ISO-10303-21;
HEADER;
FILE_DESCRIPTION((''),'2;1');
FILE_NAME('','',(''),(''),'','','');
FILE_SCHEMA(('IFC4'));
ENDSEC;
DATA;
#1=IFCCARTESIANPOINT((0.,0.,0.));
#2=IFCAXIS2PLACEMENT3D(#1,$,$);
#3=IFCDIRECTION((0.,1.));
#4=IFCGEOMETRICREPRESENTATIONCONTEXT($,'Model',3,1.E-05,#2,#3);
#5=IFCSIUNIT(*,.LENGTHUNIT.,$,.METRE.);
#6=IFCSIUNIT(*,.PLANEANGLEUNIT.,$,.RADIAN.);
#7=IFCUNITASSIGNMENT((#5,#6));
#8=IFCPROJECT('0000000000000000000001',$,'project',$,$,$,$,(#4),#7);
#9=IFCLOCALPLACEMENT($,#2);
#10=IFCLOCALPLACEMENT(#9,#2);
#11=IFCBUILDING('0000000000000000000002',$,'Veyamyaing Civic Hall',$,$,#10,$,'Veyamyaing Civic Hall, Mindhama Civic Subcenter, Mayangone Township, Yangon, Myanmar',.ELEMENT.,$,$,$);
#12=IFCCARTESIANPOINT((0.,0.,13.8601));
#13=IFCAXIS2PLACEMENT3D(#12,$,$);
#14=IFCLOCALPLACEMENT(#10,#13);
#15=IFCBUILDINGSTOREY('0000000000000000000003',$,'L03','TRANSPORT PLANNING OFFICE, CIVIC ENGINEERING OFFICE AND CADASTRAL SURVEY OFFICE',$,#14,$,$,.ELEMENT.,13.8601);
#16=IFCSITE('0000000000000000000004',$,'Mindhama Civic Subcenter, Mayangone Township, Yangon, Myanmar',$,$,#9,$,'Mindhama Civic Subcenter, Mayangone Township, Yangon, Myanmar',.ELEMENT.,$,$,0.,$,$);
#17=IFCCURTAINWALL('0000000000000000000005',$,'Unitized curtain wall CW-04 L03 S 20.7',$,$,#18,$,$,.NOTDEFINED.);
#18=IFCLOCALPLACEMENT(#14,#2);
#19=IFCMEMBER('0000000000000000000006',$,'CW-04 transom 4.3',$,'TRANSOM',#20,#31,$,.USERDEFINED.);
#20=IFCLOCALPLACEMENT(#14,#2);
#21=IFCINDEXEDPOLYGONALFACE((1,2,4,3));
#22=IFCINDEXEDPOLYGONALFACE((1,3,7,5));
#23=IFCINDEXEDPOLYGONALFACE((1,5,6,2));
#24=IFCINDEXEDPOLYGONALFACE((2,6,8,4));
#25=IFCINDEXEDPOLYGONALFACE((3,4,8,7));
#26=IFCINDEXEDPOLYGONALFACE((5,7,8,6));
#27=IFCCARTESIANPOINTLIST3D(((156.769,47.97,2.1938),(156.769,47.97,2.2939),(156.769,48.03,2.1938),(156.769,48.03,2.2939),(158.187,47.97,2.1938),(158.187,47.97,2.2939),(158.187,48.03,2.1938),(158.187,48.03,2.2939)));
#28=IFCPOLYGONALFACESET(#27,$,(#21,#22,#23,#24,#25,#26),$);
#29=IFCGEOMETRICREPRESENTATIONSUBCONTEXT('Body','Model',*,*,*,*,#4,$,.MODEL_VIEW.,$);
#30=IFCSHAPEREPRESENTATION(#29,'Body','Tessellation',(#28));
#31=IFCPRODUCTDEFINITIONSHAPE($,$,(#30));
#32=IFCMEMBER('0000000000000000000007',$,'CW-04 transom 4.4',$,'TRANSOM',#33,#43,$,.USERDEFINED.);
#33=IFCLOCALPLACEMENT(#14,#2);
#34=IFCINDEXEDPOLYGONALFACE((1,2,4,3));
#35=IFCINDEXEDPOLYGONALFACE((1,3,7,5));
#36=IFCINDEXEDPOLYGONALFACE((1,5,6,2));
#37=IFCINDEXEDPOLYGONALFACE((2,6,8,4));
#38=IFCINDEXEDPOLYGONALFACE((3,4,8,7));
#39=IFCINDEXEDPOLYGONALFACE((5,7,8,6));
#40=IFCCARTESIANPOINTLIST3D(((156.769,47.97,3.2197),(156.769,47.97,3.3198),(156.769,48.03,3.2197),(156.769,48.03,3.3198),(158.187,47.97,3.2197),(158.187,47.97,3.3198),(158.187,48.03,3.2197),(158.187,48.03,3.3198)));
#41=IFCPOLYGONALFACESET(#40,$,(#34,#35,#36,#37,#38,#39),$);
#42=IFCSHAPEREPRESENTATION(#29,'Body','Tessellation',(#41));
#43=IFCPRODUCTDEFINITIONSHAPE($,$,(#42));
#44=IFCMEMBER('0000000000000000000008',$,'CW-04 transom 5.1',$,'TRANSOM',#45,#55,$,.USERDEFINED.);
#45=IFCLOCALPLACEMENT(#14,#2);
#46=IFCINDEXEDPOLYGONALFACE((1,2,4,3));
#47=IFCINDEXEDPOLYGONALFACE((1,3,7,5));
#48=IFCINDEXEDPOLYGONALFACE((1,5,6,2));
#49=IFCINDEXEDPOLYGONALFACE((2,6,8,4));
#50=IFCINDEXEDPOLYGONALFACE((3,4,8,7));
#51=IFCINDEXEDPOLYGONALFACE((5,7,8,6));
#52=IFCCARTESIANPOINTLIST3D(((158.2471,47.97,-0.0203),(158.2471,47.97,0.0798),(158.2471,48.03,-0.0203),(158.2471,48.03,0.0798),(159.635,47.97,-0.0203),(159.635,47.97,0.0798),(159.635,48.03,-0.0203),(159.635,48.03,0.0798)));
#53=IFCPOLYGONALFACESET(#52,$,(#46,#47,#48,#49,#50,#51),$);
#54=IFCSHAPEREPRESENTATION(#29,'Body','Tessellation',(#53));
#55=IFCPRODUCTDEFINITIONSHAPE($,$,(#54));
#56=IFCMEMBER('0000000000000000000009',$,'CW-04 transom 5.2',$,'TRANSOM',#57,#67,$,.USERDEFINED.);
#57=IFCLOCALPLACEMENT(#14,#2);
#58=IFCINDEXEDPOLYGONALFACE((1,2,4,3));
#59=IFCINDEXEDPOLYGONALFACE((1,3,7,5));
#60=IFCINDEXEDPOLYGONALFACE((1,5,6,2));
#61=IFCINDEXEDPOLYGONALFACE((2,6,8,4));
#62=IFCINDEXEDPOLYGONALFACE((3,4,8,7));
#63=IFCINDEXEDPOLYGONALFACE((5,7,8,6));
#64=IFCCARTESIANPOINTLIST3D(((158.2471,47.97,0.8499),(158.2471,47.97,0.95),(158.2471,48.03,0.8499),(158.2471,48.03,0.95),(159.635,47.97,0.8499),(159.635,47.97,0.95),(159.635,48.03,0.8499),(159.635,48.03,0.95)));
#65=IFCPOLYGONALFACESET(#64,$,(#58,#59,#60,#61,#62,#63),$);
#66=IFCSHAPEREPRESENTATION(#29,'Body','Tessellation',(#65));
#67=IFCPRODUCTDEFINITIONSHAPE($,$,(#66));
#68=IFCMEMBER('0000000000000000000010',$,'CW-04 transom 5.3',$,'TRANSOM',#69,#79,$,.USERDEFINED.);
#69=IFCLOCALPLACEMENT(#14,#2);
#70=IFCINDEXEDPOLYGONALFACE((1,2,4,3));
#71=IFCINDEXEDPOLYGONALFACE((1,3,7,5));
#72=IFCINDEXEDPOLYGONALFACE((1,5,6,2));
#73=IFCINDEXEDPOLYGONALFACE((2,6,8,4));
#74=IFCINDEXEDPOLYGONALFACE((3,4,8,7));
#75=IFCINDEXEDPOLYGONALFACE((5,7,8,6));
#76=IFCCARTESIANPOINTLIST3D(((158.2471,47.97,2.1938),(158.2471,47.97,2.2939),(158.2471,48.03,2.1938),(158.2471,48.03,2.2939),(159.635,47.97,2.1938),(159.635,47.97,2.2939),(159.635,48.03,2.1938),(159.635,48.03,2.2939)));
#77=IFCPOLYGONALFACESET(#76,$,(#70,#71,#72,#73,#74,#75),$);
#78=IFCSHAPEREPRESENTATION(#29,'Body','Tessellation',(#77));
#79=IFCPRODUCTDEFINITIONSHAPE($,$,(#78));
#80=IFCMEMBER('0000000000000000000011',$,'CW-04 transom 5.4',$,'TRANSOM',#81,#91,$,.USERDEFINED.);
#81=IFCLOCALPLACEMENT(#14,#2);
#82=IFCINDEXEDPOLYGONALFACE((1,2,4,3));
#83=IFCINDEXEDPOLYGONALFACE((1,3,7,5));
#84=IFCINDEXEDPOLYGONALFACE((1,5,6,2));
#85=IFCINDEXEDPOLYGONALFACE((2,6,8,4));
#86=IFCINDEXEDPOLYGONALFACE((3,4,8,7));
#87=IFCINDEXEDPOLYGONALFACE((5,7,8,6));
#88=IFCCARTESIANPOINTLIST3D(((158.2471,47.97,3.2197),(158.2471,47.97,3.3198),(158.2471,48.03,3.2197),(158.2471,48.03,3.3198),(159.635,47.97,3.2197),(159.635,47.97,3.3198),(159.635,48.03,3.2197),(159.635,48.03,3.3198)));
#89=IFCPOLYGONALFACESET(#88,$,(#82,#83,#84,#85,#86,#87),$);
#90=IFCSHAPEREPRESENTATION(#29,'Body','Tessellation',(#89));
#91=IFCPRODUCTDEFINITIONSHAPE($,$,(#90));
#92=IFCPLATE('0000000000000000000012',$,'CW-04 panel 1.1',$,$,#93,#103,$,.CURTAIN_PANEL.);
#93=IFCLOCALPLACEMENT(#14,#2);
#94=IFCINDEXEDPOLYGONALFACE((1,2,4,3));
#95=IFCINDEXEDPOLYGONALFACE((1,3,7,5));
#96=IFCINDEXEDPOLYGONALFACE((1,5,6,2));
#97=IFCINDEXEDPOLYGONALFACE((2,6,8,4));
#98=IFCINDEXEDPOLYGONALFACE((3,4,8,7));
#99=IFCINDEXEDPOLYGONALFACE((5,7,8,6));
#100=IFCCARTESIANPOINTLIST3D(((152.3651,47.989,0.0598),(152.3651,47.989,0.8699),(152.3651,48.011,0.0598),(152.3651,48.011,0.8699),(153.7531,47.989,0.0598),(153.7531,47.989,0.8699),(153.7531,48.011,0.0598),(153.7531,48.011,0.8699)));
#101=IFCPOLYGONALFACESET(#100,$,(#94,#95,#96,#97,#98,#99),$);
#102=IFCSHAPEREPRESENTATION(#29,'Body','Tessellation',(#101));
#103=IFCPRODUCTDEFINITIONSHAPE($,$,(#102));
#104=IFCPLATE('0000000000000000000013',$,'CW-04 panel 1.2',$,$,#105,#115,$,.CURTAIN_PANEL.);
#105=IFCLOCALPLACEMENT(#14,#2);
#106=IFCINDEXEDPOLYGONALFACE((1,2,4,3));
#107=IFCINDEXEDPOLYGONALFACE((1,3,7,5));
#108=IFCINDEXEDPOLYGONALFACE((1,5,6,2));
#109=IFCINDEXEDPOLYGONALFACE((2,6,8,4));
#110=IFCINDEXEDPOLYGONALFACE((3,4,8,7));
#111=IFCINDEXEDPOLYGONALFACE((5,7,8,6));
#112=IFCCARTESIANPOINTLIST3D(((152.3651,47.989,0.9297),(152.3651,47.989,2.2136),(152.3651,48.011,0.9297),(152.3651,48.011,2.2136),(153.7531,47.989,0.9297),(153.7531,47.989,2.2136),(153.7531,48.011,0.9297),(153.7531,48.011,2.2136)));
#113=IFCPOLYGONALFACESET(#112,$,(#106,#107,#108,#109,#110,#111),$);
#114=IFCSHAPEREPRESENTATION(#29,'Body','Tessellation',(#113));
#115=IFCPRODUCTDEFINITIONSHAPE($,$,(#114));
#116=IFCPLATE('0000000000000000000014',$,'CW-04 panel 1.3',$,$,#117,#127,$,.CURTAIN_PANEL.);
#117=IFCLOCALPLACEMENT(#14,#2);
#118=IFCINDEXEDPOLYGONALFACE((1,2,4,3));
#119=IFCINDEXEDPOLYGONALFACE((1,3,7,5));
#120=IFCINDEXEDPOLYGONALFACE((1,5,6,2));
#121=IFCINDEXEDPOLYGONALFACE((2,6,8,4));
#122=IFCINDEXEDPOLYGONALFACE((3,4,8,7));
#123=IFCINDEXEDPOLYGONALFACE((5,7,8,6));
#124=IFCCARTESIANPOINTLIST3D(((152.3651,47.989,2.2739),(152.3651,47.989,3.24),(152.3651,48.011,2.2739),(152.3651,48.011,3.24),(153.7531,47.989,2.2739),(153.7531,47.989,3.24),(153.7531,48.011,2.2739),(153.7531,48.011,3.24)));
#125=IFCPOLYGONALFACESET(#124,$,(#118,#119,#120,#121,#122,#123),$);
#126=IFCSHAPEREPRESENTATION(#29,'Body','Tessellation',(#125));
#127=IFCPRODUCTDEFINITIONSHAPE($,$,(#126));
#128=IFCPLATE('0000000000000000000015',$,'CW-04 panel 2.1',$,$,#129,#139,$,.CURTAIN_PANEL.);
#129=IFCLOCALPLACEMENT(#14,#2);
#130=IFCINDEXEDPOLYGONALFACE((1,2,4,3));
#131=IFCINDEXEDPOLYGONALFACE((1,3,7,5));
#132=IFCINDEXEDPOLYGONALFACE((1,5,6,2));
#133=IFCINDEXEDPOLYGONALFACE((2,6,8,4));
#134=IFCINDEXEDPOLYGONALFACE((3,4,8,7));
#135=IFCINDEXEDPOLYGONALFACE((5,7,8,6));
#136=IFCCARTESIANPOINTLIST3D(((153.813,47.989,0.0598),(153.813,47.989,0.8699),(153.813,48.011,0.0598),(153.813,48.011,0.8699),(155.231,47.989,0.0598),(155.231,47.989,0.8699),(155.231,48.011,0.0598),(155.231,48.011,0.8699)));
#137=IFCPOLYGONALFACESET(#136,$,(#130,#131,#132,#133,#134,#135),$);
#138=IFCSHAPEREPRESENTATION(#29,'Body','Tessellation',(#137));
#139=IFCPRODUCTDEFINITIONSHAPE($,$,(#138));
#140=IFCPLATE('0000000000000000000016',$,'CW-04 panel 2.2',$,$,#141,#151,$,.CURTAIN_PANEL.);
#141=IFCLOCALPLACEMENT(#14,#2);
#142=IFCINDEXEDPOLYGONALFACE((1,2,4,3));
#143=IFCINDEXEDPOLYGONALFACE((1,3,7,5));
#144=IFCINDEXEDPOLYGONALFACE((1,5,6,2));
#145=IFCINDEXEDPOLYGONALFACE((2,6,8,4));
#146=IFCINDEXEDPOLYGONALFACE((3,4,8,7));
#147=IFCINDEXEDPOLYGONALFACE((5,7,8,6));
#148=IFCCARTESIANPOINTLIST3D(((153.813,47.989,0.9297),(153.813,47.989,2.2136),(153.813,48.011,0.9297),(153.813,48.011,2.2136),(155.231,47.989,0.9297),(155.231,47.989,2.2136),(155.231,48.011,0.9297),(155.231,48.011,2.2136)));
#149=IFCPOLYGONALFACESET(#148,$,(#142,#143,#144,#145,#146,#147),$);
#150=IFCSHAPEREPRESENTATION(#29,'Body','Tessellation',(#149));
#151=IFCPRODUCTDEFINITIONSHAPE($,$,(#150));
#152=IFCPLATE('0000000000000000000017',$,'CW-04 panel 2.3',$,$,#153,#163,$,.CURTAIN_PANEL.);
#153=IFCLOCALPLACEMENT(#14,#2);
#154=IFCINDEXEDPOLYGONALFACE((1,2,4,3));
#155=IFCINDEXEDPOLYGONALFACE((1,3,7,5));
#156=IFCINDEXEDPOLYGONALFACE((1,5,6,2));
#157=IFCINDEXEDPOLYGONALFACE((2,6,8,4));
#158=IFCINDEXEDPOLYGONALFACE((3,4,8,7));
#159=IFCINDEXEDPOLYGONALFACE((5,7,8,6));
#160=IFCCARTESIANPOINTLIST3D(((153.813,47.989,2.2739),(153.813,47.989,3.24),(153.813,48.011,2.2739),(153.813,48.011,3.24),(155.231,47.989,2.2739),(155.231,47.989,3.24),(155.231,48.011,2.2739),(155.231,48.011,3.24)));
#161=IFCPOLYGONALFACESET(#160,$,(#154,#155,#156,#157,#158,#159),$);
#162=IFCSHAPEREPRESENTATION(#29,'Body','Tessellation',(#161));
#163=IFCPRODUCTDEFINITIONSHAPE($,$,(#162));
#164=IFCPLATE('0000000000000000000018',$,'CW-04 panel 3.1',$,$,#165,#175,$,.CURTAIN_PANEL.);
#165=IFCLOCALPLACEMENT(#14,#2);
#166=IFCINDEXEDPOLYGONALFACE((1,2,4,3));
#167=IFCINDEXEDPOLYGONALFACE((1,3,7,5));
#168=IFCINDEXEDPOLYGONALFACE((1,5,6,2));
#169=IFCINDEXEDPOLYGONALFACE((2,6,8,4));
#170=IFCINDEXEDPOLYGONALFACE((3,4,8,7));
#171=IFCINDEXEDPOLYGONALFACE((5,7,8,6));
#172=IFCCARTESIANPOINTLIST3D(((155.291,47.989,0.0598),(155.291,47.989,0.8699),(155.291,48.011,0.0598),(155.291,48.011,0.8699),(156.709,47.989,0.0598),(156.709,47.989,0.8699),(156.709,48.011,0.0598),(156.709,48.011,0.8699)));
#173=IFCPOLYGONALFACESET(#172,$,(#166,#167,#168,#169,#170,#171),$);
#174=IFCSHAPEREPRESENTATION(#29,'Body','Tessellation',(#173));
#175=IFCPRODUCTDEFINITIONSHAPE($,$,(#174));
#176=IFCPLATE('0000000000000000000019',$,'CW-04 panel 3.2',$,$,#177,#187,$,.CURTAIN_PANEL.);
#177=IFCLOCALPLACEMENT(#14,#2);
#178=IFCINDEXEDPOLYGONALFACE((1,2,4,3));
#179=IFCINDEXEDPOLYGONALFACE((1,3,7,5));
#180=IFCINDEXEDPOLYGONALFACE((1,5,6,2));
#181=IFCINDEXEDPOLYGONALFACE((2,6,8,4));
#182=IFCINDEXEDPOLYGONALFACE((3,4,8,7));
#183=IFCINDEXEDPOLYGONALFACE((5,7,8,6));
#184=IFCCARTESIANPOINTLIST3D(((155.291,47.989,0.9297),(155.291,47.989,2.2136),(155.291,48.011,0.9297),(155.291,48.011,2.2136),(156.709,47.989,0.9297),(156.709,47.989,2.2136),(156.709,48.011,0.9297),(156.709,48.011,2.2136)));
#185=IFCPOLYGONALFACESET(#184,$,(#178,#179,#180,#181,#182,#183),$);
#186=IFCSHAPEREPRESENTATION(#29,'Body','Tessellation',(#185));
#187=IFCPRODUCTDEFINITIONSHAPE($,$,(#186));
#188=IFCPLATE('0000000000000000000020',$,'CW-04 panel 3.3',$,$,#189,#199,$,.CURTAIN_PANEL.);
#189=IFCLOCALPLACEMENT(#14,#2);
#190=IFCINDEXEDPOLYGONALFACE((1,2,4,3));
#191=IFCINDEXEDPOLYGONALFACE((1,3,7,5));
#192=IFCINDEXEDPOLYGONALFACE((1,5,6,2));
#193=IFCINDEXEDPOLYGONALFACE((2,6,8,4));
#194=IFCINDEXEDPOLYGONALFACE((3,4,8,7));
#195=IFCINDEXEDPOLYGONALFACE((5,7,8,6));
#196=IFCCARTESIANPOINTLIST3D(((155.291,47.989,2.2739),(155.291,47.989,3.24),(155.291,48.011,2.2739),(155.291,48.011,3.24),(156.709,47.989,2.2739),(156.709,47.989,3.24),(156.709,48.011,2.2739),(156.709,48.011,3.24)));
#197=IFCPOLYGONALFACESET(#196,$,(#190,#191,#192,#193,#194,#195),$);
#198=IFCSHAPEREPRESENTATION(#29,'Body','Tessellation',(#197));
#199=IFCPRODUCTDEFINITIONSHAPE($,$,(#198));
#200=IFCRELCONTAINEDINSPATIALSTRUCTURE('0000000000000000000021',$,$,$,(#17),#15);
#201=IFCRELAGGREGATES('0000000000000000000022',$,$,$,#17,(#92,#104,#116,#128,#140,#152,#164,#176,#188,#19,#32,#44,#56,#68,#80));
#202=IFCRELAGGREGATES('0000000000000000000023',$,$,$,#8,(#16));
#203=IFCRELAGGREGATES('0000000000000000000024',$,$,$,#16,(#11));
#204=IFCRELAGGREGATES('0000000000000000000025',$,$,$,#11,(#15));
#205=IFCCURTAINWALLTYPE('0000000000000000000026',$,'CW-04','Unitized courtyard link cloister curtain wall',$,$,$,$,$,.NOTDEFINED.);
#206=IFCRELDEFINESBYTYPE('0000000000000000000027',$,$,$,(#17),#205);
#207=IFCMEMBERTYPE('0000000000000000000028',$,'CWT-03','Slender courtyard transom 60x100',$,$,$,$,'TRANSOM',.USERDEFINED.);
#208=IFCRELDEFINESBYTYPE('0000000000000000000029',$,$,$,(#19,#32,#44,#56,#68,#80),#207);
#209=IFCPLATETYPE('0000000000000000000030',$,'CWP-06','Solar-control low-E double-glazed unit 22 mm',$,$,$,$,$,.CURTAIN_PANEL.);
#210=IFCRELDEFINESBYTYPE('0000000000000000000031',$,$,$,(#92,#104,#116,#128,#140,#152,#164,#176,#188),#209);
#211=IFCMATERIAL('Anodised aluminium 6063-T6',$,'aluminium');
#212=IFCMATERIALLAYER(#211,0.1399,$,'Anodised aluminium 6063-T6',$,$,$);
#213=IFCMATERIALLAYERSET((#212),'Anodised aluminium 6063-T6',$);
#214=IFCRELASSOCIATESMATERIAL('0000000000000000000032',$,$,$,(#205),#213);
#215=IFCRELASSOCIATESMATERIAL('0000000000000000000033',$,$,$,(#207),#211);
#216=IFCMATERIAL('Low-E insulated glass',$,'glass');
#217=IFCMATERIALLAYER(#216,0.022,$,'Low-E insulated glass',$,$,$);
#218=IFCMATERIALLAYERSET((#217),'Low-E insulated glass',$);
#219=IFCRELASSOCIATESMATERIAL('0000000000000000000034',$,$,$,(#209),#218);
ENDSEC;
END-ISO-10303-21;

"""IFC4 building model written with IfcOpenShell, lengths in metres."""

from ifc_helpers import new_model, si_unit, direction, frame, origin, origin_2d, place, context, subcontext, project, spatial, rectangle, extrude, material, layer, layer_set, material_profile, profile_set, type_object, element, aggregate, save


model = new_model("IFC4")

# Units and contexts
model_context = context("Model", 3, precision=1e-05, world=origin(), true_north=direction((0.0, 1.0)))
body_context = subcontext(model_context, "Body", "Model", "MODEL_VIEW")
ifc_project = project(units=[si_unit("LENGTHUNIT", "METRE"), si_unit("PLANEANGLEUNIT", "RADIAN")], contexts=[model_context])

# Site, building, storey
site_placement = place(None, origin())
site = spatial("IfcSite", under=ifc_project, at=site_placement, Name="Mindhama Civic Subcenter, Mayangone Township, Yangon, Myanmar", LongName="Mindhama Civic Subcenter, Mayangone Township, Yangon, Myanmar", CompositionType="ELEMENT", RefElevation=0.0)
building_placement = place(site_placement, origin())
building = spatial("IfcBuilding", under=site, at=building_placement, Name="Veyamyaing Civic Hall", LongName="Veyamyaing Civic Hall, Mindhama Civic Subcenter, Mayangone Township, Yangon, Myanmar", CompositionType="ELEMENT")
storey_placement = place(building_placement, frame((0.0, 0.0, 13.8601)))
storey = spatial("IfcBuildingStorey", under=building, at=storey_placement, Name="L03", Description="TRANSPORT PLANNING OFFICE, CIVIC ENGINEERING OFFICE AND CADASTRAL SURVEY OFFICE", CompositionType="ELEMENT", Elevation=13.8601)

# Curtain wall, members, plates
ifc_material_1 = material(Name="Anodised aluminium 6063-T6", Category="aluminium")
ifc_layer_1 = layer(ifc_material_1, 0.1399, Name="Anodised aluminium 6063-T6")
ifc_layer_set_1 = layer_set([ifc_layer_1], Name="Anodised aluminium 6063-T6")
curtain_wall_type = type_object("IfcCurtainWallType", Name="CW-04", Description="Unitized courtyard link cloister curtain wall", PredefinedType="NOTDEFINED", material=ifc_layer_set_1)
curtain_wall_placement = place(storey_placement, origin())
curtain_wall = element("IfcCurtainWall", 1, at=curtain_wall_placement, inside=storey, type_object=curtain_wall_type, Name="Unitized curtain wall CW-04 L03 S 20.7", PredefinedType="NOTDEFINED")
ifc_material_profile_1 = material_profile(ifc_material_1, rectangle(XDim=0.0601, YDim=0.1001, at=origin_2d()), Name="ALU-TRN-60X100")
ifc_profile_set_1 = profile_set([ifc_material_profile_1], Name="Anodised aluminium 6063-T6")
member_type_1 = type_object("IfcMemberType", Name="CWT-03", Description="Slender courtyard transom 60x100", ElementType="TRANSOM", PredefinedType="USERDEFINED", material=ifc_profile_set_1)
member_1_placement = place(storey_placement, frame((156.769, 48.0, 2.2439), z_axis=(1.0, 0.0, 0.0), x_axis=(0.0, 1.0, 0.0)))
member_1 = element("IfcMember", 2, at=member_1_placement, type_object=member_type_1, Name="CW-04 transom 4.3", ObjectType="TRANSOM", PredefinedType="USERDEFINED", context=body_context, shape_type="SweptSolid", body=[
    extrude(rectangle(XDim=0.0601, YDim=0.1001, at=origin_2d()), origin(), (0.0, 0.0, 1.0), 1.418),
])
member_2_placement = place(storey_placement, frame((156.769, 48.0, 3.2698), z_axis=(1.0, 0.0, 0.0), x_axis=(0.0, 1.0, 0.0)))
member_2 = element("IfcMember", 3, at=member_2_placement, type_object=member_type_1, Name="CW-04 transom 4.4", ObjectType="TRANSOM", PredefinedType="USERDEFINED", context=body_context, shape_type="SweptSolid", body=[
    extrude(rectangle(XDim=0.0601, YDim=0.1001, at=origin_2d()), origin(), (0.0, 0.0, 1.0), 1.418),
])
member_3_placement = place(storey_placement, frame((158.2471, 48.0, 0.0298), z_axis=(1.0, 0.0, 0.0), x_axis=(0.0, 1.0, 0.0)))
member_3 = element("IfcMember", 4, at=member_3_placement, type_object=member_type_1, Name="CW-04 transom 5.1", ObjectType="TRANSOM", PredefinedType="USERDEFINED", context=body_context, shape_type="SweptSolid", body=[
    extrude(rectangle(XDim=0.0601, YDim=0.1001, at=origin_2d()), origin(), (0.0, 0.0, 1.0), 1.3879),
])
member_4_placement = place(storey_placement, frame((158.2471, 48.0, 0.8999), z_axis=(1.0, 0.0, 0.0), x_axis=(0.0, 1.0, 0.0)))
member_4 = element("IfcMember", 5, at=member_4_placement, type_object=member_type_1, Name="CW-04 transom 5.2", ObjectType="TRANSOM", PredefinedType="USERDEFINED", context=body_context, shape_type="SweptSolid", body=[
    extrude(rectangle(XDim=0.0601, YDim=0.1001, at=origin_2d()), origin(), (0.0, 0.0, 1.0), 1.3879),
])
member_5_placement = place(storey_placement, frame((158.2471, 48.0, 2.2439), z_axis=(1.0, 0.0, 0.0), x_axis=(0.0, 1.0, 0.0)))
member_5 = element("IfcMember", 6, at=member_5_placement, type_object=member_type_1, Name="CW-04 transom 5.3", ObjectType="TRANSOM", PredefinedType="USERDEFINED", context=body_context, shape_type="SweptSolid", body=[
    extrude(rectangle(XDim=0.0601, YDim=0.1001, at=origin_2d()), origin(), (0.0, 0.0, 1.0), 1.3879),
])
member_6_placement = place(storey_placement, frame((158.2471, 48.0, 3.2698), z_axis=(1.0, 0.0, 0.0), x_axis=(0.0, 1.0, 0.0)))
member_6 = element("IfcMember", 7, at=member_6_placement, type_object=member_type_1, Name="CW-04 transom 5.4", ObjectType="TRANSOM", PredefinedType="USERDEFINED", context=body_context, shape_type="SweptSolid", body=[
    extrude(rectangle(XDim=0.0601, YDim=0.1001, at=origin_2d()), origin(), (0.0, 0.0, 1.0), 1.3879),
])
ifc_material_2 = material(Name="Low-E insulated glass", Category="glass")
ifc_layer_2 = layer(ifc_material_2, 0.022, Name="Low-E insulated glass")
ifc_layer_set_2 = layer_set([ifc_layer_2], Name="Low-E insulated glass")
plate_type = type_object("IfcPlateType", Name="CWP-06", Description="Solar-control low-E double-glazed unit 22 mm", PredefinedType="CURTAIN_PANEL", material=ifc_layer_set_2)
plate_1_placement = place(storey_placement, frame((153.0591, 48.0, 0.0598), z_axis=(0.0, 0.0, 1.0), x_axis=(1.0, 0.0, 0.0)))
plate_1 = element("IfcPlate", 8, at=plate_1_placement, type_object=plate_type, Name="CW-04 panel 1.1", PredefinedType="CURTAIN_PANEL", context=body_context, shape_type="SweptSolid", body=[
    extrude(rectangle(XDim=1.3879, YDim=0.022, at=origin_2d()), origin(), (0.0, 0.0, 1.0), 0.8101),
])
plate_2_placement = place(storey_placement, frame((153.0591, 48.0, 0.9297), z_axis=(0.0, 0.0, 1.0), x_axis=(1.0, 0.0, 0.0)))
plate_2 = element("IfcPlate", 9, at=plate_2_placement, type_object=plate_type, Name="CW-04 panel 1.2", PredefinedType="CURTAIN_PANEL", context=body_context, shape_type="SweptSolid", body=[
    extrude(rectangle(XDim=1.3879, YDim=0.022, at=origin_2d()), origin(), (0.0, 0.0, 1.0), 1.2839),
])
plate_3_placement = place(storey_placement, frame((153.0591, 48.0, 2.2739), z_axis=(0.0, 0.0, 1.0), x_axis=(1.0, 0.0, 0.0)))
plate_3 = element("IfcPlate", 10, at=plate_3_placement, type_object=plate_type, Name="CW-04 panel 1.3", PredefinedType="CURTAIN_PANEL", context=body_context, shape_type="SweptSolid", body=[
    extrude(rectangle(XDim=1.3879, YDim=0.022, at=origin_2d()), origin(), (0.0, 0.0, 1.0), 0.9661),
])
plate_4_placement = place(storey_placement, frame((154.522, 48.0, 0.0598), z_axis=(0.0, 0.0, 1.0), x_axis=(1.0, 0.0, 0.0)))
plate_4 = element("IfcPlate", 11, at=plate_4_placement, type_object=plate_type, Name="CW-04 panel 2.1", PredefinedType="CURTAIN_PANEL", context=body_context, shape_type="SweptSolid", body=[
    extrude(rectangle(XDim=1.418, YDim=0.022, at=origin_2d()), origin(), (0.0, 0.0, 1.0), 0.8101),
])
plate_5_placement = place(storey_placement, frame((154.522, 48.0, 0.9297), z_axis=(0.0, 0.0, 1.0), x_axis=(1.0, 0.0, 0.0)))
plate_5 = element("IfcPlate", 12, at=plate_5_placement, type_object=plate_type, Name="CW-04 panel 2.2", PredefinedType="CURTAIN_PANEL", context=body_context, shape_type="SweptSolid", body=[
    extrude(rectangle(XDim=1.418, YDim=0.022, at=origin_2d()), origin(), (0.0, 0.0, 1.0), 1.2839),
])
plate_6_placement = place(storey_placement, frame((154.522, 48.0, 2.2739), z_axis=(0.0, 0.0, 1.0), x_axis=(1.0, 0.0, 0.0)))
plate_6 = element("IfcPlate", 13, at=plate_6_placement, type_object=plate_type, Name="CW-04 panel 2.3", PredefinedType="CURTAIN_PANEL", context=body_context, shape_type="SweptSolid", body=[
    extrude(rectangle(XDim=1.418, YDim=0.022, at=origin_2d()), origin(), (0.0, 0.0, 1.0), 0.9661),
])
plate_7_placement = place(storey_placement, frame((156.0, 48.0, 0.0598), z_axis=(0.0, 0.0, 1.0), x_axis=(1.0, 0.0, 0.0)))
plate_7 = element("IfcPlate", 14, at=plate_7_placement, type_object=plate_type, Name="CW-04 panel 3.1", PredefinedType="CURTAIN_PANEL", context=body_context, shape_type="SweptSolid", body=[
    extrude(rectangle(XDim=1.418, YDim=0.022, at=origin_2d()), origin(), (0.0, 0.0, 1.0), 0.8101),
])
plate_8_placement = place(storey_placement, frame((156.0, 48.0, 0.9297), z_axis=(0.0, 0.0, 1.0), x_axis=(1.0, 0.0, 0.0)))
plate_8 = element("IfcPlate", 15, at=plate_8_placement, type_object=plate_type, Name="CW-04 panel 3.2", PredefinedType="CURTAIN_PANEL", context=body_context, shape_type="SweptSolid", body=[
    extrude(rectangle(XDim=1.418, YDim=0.022, at=origin_2d()), origin(), (0.0, 0.0, 1.0), 1.2839),
])
plate_9_placement = place(storey_placement, frame((156.0, 48.0, 2.2739), z_axis=(0.0, 0.0, 1.0), x_axis=(1.0, 0.0, 0.0)))
plate_9 = element("IfcPlate", 16, at=plate_9_placement, type_object=plate_type, Name="CW-04 panel 3.3", PredefinedType="CURTAIN_PANEL", context=body_context, shape_type="SweptSolid", body=[
    extrude(rectangle(XDim=1.418, YDim=0.022, at=origin_2d()), origin(), (0.0, 0.0, 1.0), 0.9661),
])
aggregate(curtain_wall, [plate_1, plate_2, plate_3, plate_4, plate_5, plate_6, plate_7, plate_8, plate_9, member_1, member_2, member_3, member_4, member_5, member_6])

save(model, "model.ifc")
